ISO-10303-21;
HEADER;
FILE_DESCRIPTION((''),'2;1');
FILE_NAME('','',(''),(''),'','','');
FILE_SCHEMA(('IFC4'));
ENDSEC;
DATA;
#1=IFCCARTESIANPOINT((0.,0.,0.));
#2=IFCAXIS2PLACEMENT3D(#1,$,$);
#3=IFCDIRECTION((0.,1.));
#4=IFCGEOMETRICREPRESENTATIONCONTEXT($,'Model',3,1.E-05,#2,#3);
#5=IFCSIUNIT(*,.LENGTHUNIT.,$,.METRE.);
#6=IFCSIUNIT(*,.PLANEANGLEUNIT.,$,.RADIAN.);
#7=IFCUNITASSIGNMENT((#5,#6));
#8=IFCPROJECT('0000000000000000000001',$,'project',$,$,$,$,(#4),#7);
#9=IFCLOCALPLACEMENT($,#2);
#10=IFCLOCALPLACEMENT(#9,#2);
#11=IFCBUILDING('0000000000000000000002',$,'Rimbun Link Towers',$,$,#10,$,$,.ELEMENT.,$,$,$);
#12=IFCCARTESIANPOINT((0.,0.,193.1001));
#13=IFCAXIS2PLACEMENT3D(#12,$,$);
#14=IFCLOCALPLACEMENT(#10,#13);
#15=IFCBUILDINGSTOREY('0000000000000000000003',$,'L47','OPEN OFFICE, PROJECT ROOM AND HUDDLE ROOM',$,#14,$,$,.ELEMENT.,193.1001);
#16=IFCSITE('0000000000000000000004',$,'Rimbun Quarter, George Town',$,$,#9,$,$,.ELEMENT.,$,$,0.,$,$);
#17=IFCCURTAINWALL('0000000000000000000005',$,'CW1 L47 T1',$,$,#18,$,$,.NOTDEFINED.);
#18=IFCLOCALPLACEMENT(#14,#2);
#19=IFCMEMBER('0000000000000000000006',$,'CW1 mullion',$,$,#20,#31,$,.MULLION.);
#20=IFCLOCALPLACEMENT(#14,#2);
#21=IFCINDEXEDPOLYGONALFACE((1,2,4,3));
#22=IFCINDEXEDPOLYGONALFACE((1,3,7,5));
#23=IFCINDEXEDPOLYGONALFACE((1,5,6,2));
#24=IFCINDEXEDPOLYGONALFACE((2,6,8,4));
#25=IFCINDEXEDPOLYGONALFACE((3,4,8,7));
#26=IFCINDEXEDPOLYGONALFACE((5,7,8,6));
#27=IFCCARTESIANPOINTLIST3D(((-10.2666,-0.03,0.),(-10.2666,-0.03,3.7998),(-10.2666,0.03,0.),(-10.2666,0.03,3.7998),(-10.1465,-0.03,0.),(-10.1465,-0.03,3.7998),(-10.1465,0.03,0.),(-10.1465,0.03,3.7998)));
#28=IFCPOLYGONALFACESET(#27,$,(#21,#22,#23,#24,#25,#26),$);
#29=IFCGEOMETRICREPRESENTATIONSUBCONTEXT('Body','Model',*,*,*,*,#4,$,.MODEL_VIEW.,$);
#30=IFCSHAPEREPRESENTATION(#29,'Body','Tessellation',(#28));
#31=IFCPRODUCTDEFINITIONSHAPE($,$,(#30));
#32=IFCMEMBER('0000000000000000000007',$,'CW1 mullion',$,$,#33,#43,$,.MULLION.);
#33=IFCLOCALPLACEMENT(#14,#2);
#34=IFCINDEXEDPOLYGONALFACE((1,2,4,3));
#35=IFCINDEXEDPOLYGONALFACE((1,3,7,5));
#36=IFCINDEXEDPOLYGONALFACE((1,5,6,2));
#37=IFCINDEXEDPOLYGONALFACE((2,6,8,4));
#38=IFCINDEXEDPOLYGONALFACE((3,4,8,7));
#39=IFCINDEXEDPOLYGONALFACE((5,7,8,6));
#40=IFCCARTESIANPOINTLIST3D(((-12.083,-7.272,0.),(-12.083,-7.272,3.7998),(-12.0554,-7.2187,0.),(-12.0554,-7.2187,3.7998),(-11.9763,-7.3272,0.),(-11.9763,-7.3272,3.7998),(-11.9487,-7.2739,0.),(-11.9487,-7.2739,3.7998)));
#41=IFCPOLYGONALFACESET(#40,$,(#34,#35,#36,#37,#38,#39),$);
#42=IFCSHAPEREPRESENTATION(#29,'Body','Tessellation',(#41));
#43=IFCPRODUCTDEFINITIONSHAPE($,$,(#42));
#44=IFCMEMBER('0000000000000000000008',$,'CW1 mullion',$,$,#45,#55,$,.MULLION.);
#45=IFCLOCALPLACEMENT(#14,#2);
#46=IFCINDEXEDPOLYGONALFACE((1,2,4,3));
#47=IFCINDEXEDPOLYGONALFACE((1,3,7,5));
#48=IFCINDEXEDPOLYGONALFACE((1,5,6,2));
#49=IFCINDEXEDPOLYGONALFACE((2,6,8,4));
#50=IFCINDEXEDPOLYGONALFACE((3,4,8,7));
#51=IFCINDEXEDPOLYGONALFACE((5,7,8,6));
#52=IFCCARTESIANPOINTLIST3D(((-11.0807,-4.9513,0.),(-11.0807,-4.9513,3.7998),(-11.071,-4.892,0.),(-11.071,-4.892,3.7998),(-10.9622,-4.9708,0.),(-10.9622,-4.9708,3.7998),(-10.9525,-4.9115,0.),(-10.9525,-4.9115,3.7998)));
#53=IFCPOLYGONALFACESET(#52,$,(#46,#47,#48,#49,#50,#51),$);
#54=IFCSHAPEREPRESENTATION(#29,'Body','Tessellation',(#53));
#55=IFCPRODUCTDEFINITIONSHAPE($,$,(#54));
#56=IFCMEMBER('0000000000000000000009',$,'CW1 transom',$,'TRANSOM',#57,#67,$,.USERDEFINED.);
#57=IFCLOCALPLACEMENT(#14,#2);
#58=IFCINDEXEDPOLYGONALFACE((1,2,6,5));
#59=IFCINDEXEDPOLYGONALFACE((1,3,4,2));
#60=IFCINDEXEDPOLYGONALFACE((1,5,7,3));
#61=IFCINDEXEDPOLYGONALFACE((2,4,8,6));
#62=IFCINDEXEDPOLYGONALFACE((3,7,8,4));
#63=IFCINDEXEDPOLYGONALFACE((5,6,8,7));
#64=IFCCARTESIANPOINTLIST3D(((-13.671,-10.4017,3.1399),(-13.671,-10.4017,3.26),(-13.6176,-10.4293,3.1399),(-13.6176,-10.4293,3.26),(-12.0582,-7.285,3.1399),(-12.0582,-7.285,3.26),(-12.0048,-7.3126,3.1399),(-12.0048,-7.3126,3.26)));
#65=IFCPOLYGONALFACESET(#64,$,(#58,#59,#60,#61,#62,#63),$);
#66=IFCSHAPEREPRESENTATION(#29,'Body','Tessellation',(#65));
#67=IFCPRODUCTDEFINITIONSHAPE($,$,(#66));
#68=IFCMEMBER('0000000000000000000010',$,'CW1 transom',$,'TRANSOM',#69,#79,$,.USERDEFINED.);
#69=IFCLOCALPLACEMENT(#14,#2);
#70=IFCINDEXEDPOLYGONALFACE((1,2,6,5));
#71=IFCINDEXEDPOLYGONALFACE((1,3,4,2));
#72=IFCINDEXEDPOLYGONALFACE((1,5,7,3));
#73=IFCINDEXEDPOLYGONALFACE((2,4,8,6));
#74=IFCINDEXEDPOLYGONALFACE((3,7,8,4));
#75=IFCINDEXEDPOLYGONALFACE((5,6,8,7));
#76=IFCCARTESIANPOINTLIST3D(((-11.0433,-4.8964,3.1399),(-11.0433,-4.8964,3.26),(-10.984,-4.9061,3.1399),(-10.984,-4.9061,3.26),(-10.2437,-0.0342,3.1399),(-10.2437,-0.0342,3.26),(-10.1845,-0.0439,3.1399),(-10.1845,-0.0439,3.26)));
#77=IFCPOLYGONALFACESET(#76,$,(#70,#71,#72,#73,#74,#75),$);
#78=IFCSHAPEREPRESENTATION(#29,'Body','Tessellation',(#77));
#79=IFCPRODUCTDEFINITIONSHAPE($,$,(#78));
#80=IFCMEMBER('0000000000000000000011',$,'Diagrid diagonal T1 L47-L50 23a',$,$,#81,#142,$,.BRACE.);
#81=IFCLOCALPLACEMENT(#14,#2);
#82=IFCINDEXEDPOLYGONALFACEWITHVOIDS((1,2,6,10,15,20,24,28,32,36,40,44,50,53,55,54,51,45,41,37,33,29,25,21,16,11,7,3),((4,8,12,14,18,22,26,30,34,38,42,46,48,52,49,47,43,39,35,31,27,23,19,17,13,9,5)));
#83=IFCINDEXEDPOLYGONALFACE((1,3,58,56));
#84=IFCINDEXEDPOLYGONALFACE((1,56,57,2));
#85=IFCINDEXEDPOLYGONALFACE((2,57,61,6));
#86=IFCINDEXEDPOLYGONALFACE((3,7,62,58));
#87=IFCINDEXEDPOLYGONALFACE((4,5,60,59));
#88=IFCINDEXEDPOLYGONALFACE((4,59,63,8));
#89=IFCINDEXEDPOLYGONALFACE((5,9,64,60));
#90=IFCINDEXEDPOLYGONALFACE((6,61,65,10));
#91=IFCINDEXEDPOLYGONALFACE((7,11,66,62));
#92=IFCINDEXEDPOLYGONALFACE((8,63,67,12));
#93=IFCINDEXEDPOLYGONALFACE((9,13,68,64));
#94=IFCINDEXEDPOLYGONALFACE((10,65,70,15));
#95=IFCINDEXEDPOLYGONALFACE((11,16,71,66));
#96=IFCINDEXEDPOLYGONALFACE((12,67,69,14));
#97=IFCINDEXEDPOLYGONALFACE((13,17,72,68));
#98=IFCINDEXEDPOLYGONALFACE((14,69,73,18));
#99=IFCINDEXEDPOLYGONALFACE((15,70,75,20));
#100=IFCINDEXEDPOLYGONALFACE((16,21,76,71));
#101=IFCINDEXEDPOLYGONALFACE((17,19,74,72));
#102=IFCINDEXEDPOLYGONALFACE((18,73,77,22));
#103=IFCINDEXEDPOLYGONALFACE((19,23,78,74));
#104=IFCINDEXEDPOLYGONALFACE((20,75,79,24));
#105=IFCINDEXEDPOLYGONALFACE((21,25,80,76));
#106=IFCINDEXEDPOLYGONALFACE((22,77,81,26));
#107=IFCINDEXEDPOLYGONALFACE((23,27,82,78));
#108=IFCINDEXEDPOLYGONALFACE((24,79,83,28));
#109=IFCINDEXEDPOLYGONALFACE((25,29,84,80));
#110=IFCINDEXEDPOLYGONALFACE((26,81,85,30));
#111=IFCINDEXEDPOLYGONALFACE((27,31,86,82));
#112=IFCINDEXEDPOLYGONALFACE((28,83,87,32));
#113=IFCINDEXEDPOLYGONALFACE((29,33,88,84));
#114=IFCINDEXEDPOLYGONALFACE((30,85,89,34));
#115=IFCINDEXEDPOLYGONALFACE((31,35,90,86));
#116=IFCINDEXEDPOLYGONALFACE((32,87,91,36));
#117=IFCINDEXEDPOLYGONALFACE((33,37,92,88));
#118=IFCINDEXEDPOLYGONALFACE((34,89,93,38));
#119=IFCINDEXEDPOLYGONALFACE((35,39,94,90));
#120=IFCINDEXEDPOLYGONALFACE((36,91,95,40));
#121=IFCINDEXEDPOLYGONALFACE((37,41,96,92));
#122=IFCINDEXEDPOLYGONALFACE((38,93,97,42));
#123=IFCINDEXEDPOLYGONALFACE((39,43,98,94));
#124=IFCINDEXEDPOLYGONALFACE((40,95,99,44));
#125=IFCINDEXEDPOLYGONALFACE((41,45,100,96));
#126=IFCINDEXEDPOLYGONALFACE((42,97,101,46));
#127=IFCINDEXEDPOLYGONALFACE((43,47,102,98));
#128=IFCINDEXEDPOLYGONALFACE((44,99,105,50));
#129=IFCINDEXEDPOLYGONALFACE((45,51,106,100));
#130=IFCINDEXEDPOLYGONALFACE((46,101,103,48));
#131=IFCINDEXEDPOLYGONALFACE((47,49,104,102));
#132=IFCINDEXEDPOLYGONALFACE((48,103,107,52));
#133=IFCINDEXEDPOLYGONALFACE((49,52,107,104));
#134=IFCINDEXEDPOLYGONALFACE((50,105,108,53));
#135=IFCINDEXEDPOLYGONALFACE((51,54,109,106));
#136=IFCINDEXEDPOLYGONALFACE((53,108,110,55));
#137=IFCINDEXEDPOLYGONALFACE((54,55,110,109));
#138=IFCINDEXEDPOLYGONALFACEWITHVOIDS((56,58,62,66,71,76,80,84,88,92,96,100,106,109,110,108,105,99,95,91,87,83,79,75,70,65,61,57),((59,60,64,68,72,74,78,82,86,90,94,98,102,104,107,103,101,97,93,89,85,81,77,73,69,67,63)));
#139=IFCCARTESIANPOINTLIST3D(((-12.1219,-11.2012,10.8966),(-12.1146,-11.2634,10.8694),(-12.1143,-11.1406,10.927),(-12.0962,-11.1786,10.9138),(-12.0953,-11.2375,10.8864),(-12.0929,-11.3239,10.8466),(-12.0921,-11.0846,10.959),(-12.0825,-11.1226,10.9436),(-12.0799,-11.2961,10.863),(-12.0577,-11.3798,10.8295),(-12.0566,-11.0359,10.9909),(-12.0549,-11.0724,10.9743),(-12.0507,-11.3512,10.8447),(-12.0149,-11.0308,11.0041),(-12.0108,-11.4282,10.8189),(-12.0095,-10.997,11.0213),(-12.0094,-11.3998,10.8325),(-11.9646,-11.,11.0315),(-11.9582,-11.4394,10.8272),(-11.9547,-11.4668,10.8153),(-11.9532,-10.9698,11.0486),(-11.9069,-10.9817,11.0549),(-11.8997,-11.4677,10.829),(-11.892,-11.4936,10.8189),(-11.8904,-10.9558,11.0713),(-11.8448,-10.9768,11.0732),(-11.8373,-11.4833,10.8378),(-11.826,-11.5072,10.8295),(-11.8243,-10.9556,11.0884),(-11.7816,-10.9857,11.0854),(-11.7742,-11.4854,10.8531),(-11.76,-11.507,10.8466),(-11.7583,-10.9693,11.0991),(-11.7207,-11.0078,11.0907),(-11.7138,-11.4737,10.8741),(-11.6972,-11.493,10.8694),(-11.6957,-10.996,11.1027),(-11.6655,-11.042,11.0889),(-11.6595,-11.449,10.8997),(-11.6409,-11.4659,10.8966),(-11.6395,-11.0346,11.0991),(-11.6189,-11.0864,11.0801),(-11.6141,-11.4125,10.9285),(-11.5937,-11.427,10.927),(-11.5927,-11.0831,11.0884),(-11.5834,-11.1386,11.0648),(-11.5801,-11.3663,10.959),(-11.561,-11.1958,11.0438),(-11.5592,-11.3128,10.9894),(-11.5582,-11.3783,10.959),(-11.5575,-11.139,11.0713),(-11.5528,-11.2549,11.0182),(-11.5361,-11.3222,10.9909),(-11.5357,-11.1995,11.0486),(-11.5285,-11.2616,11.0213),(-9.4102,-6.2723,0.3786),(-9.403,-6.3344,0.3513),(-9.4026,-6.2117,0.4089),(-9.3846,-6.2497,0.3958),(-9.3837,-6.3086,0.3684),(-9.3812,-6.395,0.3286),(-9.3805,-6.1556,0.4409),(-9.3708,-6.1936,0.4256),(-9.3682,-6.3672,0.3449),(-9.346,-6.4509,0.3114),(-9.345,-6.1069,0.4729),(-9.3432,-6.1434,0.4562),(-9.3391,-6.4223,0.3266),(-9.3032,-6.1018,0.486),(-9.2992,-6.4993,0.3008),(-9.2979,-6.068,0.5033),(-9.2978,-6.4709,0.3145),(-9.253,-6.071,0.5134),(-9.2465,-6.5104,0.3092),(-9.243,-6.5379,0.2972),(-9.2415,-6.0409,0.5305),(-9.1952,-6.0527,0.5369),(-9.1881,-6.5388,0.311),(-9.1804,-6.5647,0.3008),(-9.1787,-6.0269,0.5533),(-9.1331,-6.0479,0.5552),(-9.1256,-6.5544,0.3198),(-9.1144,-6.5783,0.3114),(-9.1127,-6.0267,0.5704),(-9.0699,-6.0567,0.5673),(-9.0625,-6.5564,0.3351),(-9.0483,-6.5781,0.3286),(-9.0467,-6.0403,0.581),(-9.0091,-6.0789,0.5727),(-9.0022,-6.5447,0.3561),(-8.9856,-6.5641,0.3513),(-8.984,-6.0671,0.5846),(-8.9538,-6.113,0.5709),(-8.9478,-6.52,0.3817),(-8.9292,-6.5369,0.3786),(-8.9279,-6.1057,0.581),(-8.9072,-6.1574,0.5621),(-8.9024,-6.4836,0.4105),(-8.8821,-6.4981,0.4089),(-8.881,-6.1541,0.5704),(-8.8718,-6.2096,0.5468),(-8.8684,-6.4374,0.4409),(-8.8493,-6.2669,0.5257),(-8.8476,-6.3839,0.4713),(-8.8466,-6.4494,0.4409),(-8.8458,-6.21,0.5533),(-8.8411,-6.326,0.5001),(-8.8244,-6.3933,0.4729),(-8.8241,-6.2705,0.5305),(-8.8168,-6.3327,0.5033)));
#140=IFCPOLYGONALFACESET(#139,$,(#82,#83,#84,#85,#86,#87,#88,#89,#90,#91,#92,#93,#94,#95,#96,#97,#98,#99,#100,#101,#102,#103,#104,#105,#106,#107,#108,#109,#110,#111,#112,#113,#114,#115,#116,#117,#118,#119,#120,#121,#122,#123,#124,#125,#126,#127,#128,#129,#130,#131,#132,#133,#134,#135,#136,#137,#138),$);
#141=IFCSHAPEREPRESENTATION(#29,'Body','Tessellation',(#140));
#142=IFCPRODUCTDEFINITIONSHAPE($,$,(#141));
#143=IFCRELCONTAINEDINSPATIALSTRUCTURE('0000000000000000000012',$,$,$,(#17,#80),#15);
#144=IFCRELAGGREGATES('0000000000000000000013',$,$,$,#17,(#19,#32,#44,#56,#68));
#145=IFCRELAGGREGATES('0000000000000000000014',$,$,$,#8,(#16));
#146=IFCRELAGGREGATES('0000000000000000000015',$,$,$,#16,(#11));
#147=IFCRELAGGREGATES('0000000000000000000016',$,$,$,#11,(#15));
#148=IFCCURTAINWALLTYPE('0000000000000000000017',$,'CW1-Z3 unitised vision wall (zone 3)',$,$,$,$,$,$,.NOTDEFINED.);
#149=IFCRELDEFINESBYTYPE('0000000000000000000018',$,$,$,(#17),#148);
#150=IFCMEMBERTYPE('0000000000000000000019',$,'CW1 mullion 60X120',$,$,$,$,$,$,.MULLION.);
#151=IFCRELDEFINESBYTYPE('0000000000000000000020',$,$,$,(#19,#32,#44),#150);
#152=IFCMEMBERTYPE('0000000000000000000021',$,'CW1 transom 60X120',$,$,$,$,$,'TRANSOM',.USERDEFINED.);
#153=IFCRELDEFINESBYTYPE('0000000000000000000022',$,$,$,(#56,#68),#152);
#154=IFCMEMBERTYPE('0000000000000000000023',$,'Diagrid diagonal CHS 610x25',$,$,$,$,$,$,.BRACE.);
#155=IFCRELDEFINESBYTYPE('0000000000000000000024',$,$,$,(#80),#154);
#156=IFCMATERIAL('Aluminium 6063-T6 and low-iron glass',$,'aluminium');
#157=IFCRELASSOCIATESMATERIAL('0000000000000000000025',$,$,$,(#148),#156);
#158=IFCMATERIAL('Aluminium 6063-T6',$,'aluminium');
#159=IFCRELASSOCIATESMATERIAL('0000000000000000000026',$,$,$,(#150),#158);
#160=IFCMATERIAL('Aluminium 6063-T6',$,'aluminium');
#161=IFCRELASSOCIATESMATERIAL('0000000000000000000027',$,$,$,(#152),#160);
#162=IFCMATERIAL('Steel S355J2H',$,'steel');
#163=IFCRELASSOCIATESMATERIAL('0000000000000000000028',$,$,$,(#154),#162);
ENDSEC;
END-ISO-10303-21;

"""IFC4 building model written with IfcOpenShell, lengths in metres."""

from ifc_helpers import new_model, si_unit, direction, frame, origin, origin_2d, place, context, subcontext, project, spatial, rectangle, hollow_circle, extrude, material, material_profile, profile_set, type_object, element, aggregate, save


model = new_model("IFC4")

# Units and contexts
model_context = context("Model", 3, precision=1e-05, world=origin(), true_north=direction((0.0, 1.0)))
body_context = subcontext(model_context, "Body", "Model", "MODEL_VIEW")
ifc_project = project(units=[si_unit("LENGTHUNIT", "METRE"), si_unit("PLANEANGLEUNIT", "RADIAN")], contexts=[model_context])

# Site, building, storey
site_placement = place(None, origin())
site = spatial("IfcSite", under=ifc_project, at=site_placement, Name="Rimbun Quarter, George Town", CompositionType="ELEMENT", RefElevation=0.0)
building_placement = place(site_placement, origin())
building = spatial("IfcBuilding", under=site, at=building_placement, Name="Rimbun Link Towers", CompositionType="ELEMENT")
storey_placement = place(building_placement, frame((0.0, 0.0, 193.1001)))
storey = spatial("IfcBuildingStorey", under=building, at=storey_placement, Name="L47", Description="OPEN OFFICE, PROJECT ROOM AND HUDDLE ROOM", CompositionType="ELEMENT", Elevation=193.1001)

# Curtain wall, members
ifc_material_1 = material(Name="Aluminium 6063-T6 and low-iron glass", Category="aluminium")
curtain_wall_type = type_object("IfcCurtainWallType", Name="CW1-Z3 unitised vision wall (zone 3)", PredefinedType="NOTDEFINED", material=ifc_material_1)
curtain_wall_placement = place(storey_placement, origin())
curtain_wall = element("IfcCurtainWall", 1, at=curtain_wall_placement, inside=storey, type_object=curtain_wall_type, Name="CW1 L47 T1", PredefinedType="NOTDEFINED")
ifc_material_2 = material(Name="Aluminium 6063-T6", Category="aluminium")
ifc_material_profile_1 = material_profile(ifc_material_2, rectangle(XDim=0.1201, YDim=0.0601, at=origin_2d()), Name="MULLION 60X120")
ifc_profile_set_1 = profile_set([ifc_material_profile_1], Name="Aluminium 6063-T6")
member_type_1 = type_object("IfcMemberType", Name="CW1 mullion 60X120", PredefinedType="MULLION", material=ifc_profile_set_1)
member_1_placement = place(storey_placement, frame((-10.2065, 0.0, 0.0), z_axis=(0.0, 0.0, 1.0), x_axis=(1.0, 0.0, 0.0)))
member_1 = element("IfcMember", 2, at=member_1_placement, type_object=member_type_1, Name="CW1 mullion", PredefinedType="MULLION", context=body_context, shape_type="SweptSolid", body=[
    extrude(rectangle(XDim=0.1201, YDim=0.0601, at=origin_2d()), origin(), (0.0, 0.0, 1.0), 3.7998),
])
member_2_placement = place(storey_placement, frame((-12.0159, -7.2729, 0.0), z_axis=(0.0, 0.0, 1.0), x_axis=(0.888145, -0.459563, 0.0)))
member_2 = element("IfcMember", 3, at=member_2_placement, type_object=member_type_1, Name="CW1 mullion", PredefinedType="MULLION", context=body_context, shape_type="SweptSolid", body=[
    extrude(rectangle(XDim=0.1201, YDim=0.0601, at=origin_2d()), origin(), (0.0, 0.0, 1.0), 3.7998),
])
member_3_placement = place(storey_placement, frame((-11.0166, -4.9314, 0.0), z_axis=(0.0, 0.0, 1.0), x_axis=(0.98675, -0.162251, 0.0)))
member_3 = element("IfcMember", 4, at=member_3_placement, type_object=member_type_1, Name="CW1 mullion", PredefinedType="MULLION", context=body_context, shape_type="SweptSolid", body=[
    extrude(rectangle(XDim=0.1201, YDim=0.0601, at=origin_2d()), origin(), (0.0, 0.0, 1.0), 3.7998),
])
ifc_material_3 = material(Name="Aluminium 6063-T6", Category="aluminium")
ifc_material_profile_2 = material_profile(ifc_material_3, rectangle(XDim=0.0601, YDim=0.1201, at=origin_2d()), Name="TRANSOM 60X120")
ifc_profile_set_2 = profile_set([ifc_material_profile_2], Name="Aluminium 6063-T6")
member_type_2 = type_object("IfcMemberType", Name="CW1 transom 60X120", ElementType="TRANSOM", PredefinedType="USERDEFINED", material=ifc_profile_set_2)
member_4_placement = place(storey_placement, frame((-12.0315, -7.2988, 3.2), z_axis=(-0.459582, -0.888135, 0.0), x_axis=(0.888135, -0.459582, 0.0)))
member_4 = element("IfcMember", 5, at=member_4_placement, type_object=member_type_2, Name="CW1 transom", ObjectType="TRANSOM", PredefinedType="USERDEFINED", context=body_context, shape_type="SweptSolid", body=[
    extrude(rectangle(XDim=0.0601, YDim=0.1201, at=origin_2d()), origin(), (0.0, 0.0, 1.0), 3.5093),
])
member_5_placement = place(storey_placement, frame((-10.2141, -0.0391, 3.2), z_axis=(-0.162261, -0.986748, 0.0), x_axis=(0.986748, -0.162261, 0.0)))
member_5 = element("IfcMember", 6, at=member_5_placement, type_object=member_type_2, Name="CW1 transom", ObjectType="TRANSOM", PredefinedType="USERDEFINED", context=body_context, shape_type="SweptSolid", body=[
    extrude(rectangle(XDim=0.0601, YDim=0.1201, at=origin_2d()), origin(), (0.0, 0.0, 1.0), 4.9275),
])

# Member
ifc_material_4 = material(Name="Steel S355J2H", Category="steel")
ifc_material_profile_3 = material_profile(ifc_material_4, hollow_circle(Radius=0.3047, WallThickness=0.0249, at=origin_2d()), Name="Diagrid diagonal CHS 610x25")
ifc_profile_set_3 = profile_set([ifc_material_profile_3], Name="Steel S355J2H")
member_type_3 = type_object("IfcMemberType", Name="Diagrid diagonal CHS 610x25", PredefinedType="BRACE", material=ifc_profile_set_3)
member_6_placement = place(storey_placement, frame((-9.1135, -6.3025, 0.4409), z_axis=(-0.227336, -0.413225, 0.881795), x_axis=(0.87616, -0.48202, 0.0)))
element("IfcMember", 7, at=member_6_placement, inside=storey, type_object=member_type_3, Name="Diagrid diagonal T1 L47-L50 23a", PredefinedType="BRACE", context=body_context, shape_type="SweptSolid", body=[
    extrude(hollow_circle(Radius=0.3047, WallThickness=0.0249, at=origin_2d()), origin(), (0.0, 0.0, 1.0), 11.928),
])

aggregate(curtain_wall, [member_1, member_2, member_3, member_4, member_5])

save(model, "model.ifc")
